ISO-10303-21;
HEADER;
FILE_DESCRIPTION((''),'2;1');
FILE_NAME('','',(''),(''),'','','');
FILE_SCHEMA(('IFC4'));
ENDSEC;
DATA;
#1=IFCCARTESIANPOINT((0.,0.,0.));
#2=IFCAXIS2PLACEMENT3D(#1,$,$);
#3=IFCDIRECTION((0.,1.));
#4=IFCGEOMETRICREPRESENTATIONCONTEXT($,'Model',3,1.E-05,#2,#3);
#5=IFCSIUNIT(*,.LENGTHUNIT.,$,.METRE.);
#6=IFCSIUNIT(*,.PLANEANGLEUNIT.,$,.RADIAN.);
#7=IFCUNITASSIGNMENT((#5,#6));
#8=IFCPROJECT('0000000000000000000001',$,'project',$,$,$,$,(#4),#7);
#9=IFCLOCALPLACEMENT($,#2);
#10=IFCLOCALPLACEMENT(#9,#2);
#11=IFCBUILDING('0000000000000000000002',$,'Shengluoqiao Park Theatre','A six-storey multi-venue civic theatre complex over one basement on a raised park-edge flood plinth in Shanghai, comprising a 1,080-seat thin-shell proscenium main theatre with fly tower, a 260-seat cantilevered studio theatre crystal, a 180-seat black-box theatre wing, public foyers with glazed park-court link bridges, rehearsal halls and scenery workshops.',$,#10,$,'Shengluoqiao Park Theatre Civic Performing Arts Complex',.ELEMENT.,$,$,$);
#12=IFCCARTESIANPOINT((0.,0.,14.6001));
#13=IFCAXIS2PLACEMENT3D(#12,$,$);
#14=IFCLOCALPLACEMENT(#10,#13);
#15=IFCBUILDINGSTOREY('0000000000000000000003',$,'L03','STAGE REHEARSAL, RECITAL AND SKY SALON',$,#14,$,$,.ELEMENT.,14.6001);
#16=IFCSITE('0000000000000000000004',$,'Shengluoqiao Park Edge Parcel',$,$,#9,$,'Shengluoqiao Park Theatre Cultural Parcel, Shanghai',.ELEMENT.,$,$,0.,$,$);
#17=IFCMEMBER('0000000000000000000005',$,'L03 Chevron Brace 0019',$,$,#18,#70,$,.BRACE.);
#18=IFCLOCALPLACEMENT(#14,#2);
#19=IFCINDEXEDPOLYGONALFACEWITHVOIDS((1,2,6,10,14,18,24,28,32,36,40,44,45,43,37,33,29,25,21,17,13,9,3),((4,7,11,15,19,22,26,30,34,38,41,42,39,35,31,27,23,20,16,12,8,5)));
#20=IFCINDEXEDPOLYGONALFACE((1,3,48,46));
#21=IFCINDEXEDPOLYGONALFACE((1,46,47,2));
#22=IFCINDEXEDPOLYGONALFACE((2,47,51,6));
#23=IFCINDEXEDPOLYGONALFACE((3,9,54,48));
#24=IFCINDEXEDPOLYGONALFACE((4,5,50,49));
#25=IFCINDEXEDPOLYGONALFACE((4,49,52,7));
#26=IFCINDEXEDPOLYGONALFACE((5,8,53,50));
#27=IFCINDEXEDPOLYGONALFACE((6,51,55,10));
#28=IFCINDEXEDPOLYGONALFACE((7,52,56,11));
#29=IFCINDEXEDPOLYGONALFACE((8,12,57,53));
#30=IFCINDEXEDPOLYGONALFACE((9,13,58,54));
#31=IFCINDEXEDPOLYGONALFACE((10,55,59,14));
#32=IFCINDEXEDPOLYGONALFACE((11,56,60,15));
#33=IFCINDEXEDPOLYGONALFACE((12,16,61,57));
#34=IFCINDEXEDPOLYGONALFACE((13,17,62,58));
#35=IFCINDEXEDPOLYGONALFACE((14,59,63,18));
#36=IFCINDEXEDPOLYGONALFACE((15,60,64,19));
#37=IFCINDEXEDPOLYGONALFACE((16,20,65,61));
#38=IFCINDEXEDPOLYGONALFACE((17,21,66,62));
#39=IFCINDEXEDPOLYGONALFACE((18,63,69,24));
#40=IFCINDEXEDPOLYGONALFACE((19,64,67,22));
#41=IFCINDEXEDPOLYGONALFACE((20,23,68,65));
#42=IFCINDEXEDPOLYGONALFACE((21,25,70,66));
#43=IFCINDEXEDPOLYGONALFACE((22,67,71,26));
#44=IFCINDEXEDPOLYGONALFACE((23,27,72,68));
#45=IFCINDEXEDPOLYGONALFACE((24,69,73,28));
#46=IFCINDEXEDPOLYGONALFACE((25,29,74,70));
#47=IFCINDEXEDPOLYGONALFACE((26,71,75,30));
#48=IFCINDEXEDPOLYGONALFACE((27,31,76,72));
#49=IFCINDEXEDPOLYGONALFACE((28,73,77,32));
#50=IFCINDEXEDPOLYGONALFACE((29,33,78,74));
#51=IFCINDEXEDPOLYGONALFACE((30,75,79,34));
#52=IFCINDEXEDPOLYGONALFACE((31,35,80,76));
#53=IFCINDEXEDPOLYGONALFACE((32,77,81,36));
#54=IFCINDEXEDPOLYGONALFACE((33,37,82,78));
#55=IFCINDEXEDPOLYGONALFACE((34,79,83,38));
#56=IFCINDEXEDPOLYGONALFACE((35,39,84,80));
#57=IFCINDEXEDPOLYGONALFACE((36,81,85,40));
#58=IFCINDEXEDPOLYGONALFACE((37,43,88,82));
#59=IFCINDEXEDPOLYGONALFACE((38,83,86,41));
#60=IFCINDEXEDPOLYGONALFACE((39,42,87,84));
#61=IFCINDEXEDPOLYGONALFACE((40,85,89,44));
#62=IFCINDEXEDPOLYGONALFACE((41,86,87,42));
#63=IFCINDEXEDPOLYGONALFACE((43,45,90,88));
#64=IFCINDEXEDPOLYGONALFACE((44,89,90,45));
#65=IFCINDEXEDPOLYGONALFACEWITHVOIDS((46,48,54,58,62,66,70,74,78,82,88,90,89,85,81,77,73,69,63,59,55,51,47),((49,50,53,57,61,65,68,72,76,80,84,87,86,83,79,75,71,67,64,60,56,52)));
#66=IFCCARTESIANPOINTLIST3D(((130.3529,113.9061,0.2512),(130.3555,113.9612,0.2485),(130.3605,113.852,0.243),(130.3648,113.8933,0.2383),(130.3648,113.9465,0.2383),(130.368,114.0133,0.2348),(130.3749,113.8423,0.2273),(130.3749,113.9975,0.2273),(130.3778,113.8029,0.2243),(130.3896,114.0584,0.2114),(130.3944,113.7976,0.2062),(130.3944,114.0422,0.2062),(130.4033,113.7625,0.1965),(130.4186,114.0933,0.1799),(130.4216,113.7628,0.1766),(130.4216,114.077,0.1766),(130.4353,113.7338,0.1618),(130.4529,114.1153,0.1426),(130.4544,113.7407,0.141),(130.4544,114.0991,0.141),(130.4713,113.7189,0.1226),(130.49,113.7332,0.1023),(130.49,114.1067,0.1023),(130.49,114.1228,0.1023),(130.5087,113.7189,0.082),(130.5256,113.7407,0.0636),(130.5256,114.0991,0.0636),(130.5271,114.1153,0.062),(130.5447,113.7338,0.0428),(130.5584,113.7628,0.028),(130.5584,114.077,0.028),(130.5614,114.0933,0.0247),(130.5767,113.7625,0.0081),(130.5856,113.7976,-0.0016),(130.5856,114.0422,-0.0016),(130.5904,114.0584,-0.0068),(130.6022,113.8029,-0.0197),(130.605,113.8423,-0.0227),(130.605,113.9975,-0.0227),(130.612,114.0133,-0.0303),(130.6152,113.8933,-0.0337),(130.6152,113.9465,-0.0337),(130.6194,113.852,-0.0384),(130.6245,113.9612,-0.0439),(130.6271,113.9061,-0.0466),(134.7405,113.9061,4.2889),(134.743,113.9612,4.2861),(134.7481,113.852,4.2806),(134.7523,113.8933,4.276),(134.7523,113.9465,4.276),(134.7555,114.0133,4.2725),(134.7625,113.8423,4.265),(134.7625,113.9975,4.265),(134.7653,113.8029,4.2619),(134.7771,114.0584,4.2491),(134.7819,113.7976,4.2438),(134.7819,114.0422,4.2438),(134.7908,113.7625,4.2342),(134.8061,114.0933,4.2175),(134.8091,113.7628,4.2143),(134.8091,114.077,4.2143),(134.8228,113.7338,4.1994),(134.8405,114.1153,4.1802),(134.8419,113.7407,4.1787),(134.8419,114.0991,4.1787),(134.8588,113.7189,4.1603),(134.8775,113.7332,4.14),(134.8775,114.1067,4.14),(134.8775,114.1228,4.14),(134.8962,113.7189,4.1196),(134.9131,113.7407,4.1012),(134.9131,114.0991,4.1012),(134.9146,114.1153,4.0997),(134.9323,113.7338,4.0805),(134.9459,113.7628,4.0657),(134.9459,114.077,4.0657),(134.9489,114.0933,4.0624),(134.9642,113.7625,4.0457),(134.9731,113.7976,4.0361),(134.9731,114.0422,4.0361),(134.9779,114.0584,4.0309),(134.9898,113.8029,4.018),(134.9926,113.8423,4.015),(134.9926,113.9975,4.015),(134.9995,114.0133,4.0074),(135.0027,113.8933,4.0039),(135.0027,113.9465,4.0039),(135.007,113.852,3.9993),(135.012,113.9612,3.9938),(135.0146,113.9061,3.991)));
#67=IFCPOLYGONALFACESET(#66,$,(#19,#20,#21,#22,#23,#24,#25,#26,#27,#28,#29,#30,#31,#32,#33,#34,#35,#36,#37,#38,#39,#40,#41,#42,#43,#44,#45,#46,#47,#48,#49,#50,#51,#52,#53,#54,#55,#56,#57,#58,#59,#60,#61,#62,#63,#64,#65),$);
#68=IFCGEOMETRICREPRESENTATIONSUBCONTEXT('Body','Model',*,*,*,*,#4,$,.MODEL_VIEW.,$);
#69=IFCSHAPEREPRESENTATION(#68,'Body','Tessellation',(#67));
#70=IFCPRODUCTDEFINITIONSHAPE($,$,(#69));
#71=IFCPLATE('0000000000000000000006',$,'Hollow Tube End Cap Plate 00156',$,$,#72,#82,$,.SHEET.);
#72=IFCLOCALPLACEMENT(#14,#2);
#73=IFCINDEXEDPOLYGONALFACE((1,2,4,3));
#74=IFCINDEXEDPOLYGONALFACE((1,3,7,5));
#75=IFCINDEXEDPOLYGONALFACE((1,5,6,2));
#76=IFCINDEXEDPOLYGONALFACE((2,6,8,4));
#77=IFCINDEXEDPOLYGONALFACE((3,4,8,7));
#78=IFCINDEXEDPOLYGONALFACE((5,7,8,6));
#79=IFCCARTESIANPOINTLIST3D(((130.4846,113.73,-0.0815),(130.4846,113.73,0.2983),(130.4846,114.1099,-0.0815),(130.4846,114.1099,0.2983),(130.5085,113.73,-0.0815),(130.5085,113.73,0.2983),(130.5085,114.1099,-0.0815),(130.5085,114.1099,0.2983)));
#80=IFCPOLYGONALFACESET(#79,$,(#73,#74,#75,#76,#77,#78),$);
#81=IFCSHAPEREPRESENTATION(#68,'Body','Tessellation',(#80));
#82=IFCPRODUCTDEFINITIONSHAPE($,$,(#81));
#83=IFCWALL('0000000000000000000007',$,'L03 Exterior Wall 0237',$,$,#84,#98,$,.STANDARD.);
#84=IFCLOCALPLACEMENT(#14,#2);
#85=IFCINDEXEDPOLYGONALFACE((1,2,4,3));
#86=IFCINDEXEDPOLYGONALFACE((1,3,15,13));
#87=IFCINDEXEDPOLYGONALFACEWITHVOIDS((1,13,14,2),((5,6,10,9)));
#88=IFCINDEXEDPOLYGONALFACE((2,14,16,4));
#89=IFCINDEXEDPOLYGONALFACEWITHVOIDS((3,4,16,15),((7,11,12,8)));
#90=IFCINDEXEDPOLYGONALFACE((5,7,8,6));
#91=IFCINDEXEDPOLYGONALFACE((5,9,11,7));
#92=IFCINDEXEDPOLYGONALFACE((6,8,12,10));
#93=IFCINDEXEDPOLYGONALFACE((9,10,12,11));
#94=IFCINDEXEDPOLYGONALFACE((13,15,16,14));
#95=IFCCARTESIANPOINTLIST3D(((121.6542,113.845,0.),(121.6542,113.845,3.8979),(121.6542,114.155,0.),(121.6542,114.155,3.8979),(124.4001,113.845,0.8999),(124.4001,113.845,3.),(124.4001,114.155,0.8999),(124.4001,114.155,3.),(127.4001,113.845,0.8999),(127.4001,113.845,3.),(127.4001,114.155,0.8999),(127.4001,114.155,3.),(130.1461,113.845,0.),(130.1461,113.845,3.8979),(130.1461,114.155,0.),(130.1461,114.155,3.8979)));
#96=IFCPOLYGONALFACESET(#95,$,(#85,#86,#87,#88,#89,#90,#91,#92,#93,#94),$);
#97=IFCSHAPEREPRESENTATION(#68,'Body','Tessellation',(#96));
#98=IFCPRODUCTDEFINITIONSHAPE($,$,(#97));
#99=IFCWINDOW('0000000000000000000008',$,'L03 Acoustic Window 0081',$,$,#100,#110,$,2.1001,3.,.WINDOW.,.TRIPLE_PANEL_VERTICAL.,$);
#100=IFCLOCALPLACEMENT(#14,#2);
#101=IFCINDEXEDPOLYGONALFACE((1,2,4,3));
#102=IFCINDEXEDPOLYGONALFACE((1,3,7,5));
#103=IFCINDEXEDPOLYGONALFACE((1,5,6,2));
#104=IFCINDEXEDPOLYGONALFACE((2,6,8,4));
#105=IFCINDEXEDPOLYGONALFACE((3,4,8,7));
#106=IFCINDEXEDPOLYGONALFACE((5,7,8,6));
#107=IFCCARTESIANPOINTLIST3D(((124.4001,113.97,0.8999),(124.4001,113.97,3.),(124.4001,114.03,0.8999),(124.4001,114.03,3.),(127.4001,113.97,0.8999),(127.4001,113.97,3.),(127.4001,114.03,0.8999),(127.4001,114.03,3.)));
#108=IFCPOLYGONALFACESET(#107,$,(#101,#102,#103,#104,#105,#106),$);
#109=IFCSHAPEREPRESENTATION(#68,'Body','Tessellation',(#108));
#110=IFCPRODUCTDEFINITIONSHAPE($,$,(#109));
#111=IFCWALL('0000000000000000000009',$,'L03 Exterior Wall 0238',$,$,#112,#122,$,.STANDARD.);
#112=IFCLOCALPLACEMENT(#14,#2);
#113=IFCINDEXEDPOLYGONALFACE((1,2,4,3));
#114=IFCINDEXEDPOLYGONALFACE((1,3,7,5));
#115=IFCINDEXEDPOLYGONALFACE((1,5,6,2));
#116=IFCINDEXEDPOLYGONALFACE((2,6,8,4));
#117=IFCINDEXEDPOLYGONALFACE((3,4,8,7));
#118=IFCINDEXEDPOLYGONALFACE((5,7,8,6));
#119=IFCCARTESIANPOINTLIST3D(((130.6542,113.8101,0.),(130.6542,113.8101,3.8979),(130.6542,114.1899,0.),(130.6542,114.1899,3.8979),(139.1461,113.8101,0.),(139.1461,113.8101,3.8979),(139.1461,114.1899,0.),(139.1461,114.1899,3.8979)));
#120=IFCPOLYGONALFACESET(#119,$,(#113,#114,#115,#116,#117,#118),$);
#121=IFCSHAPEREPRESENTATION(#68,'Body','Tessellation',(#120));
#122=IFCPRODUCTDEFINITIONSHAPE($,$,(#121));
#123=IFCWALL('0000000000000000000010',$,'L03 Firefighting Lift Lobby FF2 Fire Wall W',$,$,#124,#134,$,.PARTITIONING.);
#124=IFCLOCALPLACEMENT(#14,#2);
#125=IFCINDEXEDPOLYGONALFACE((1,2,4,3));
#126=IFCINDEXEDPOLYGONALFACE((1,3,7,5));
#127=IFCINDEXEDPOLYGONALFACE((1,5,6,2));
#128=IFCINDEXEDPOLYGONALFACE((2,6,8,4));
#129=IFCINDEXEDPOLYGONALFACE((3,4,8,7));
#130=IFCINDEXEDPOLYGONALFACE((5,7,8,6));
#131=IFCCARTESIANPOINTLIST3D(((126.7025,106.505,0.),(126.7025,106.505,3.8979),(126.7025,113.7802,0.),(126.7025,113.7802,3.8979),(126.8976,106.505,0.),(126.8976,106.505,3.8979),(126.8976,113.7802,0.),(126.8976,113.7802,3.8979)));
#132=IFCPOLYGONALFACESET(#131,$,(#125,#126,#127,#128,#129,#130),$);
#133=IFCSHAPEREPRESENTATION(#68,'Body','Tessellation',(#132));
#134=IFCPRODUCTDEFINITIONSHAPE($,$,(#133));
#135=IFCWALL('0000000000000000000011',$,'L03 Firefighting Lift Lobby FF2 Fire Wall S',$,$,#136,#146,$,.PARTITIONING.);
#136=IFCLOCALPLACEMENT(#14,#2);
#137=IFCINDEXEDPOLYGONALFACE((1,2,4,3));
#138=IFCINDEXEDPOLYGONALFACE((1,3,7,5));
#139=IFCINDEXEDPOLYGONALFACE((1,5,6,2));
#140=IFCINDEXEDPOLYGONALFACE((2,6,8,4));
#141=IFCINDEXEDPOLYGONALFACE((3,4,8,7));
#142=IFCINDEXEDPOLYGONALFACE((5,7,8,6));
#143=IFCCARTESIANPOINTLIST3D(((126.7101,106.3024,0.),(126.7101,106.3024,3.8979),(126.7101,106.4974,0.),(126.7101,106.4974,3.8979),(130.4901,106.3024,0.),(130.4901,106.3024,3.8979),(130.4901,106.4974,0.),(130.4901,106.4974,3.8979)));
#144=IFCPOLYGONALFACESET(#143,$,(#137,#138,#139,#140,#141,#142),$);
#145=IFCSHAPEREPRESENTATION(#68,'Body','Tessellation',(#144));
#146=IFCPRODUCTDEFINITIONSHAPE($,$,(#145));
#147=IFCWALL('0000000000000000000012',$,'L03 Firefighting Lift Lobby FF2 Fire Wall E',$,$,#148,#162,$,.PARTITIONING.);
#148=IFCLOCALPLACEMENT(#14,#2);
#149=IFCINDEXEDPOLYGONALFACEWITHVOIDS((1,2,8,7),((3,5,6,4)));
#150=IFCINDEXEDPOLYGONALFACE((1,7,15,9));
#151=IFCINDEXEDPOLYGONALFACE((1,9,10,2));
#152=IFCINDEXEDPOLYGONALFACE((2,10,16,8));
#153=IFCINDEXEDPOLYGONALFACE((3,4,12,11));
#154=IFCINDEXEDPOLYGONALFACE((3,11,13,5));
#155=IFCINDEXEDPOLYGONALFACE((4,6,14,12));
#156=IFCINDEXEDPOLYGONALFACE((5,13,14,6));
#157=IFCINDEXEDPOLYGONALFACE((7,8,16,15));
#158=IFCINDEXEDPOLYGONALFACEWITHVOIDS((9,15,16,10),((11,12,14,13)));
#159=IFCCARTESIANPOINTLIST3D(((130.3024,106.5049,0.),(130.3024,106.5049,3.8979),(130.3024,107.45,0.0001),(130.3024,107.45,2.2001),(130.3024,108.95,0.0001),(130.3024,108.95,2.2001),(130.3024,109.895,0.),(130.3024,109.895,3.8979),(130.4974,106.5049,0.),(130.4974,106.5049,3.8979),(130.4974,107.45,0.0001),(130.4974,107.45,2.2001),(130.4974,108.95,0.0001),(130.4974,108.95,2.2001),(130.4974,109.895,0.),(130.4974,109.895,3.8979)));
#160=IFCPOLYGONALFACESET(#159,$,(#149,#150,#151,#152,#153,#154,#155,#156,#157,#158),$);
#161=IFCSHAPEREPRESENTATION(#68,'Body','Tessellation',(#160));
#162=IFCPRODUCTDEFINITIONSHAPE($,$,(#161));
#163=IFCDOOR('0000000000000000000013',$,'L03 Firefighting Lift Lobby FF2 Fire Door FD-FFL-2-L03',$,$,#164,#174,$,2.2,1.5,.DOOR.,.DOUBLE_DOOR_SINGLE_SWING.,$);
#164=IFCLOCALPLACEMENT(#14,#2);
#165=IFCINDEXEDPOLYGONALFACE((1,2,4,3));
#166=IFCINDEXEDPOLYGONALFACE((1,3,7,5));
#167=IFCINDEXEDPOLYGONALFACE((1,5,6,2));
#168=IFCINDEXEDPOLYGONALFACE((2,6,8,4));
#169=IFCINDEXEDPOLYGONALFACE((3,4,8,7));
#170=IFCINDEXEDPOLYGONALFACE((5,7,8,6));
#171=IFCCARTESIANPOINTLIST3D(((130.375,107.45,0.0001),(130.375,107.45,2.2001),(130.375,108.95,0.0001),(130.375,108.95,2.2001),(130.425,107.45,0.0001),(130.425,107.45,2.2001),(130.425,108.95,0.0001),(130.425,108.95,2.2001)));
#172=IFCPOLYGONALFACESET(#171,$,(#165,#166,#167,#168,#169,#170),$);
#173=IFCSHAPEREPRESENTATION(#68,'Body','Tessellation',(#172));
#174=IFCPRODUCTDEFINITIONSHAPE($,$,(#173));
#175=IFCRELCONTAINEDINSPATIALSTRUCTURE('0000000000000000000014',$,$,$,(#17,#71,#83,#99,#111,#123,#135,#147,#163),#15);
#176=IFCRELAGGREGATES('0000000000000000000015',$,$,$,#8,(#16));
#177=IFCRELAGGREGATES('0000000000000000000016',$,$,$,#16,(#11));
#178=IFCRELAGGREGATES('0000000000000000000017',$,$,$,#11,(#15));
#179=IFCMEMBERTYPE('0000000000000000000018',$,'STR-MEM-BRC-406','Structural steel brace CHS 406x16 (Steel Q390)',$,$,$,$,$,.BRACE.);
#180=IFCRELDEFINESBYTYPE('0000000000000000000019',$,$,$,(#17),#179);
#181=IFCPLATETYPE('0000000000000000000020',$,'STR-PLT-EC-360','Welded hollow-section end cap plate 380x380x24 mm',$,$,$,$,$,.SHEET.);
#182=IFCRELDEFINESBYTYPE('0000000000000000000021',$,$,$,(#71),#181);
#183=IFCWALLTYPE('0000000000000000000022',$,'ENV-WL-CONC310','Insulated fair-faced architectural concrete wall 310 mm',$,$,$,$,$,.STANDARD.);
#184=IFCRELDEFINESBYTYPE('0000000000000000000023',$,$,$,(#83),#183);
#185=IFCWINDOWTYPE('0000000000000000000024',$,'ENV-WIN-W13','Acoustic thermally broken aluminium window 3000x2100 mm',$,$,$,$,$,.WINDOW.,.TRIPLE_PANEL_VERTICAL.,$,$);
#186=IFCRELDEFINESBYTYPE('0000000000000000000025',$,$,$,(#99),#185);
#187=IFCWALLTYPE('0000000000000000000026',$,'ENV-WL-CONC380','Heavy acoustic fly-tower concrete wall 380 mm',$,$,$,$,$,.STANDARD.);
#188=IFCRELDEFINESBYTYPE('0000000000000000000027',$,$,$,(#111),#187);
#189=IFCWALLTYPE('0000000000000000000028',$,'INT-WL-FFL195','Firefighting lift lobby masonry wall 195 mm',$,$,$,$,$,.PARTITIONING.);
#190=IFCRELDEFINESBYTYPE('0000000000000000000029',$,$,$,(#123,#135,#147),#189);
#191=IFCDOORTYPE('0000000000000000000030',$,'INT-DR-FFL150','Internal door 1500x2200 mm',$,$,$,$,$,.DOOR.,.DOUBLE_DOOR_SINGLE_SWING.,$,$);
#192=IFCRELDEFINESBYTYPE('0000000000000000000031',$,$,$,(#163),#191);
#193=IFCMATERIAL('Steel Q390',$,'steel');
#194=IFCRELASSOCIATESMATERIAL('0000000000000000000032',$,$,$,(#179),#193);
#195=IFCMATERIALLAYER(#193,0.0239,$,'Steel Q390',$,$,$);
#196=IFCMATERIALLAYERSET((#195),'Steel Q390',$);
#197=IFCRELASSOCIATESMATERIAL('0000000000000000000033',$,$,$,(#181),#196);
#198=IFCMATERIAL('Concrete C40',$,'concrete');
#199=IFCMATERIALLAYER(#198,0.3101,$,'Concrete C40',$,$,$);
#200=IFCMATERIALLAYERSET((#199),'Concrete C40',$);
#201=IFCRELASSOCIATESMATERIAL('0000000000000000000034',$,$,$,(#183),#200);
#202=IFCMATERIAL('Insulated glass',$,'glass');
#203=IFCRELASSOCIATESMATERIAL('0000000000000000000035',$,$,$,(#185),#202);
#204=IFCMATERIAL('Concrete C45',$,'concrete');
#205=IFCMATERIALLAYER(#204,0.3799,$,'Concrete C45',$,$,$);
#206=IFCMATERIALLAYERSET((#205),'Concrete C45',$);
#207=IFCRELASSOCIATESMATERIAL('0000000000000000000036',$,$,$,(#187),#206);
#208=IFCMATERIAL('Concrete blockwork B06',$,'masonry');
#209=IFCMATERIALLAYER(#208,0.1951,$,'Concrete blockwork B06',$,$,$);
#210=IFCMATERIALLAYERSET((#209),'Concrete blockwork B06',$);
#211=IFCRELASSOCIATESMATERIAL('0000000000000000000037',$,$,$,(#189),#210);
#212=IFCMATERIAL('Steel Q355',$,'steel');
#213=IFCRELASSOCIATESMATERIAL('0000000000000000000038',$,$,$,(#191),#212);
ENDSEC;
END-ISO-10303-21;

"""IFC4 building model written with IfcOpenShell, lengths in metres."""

from ifc_helpers import new_model, si_unit, direction, frame, frame_2d, origin, origin_2d, place, context, subcontext, project, spatial, rectangle, hollow_circle, extrude, material, layer, layer_set, material_profile, profile_set, type_object, element, fill, save


model = new_model("IFC4")

# Units and contexts
model_context = context("Model", 3, precision=1e-05, world=origin(), true_north=direction((0.0, 1.0)))
body_context = subcontext(model_context, "Body", "Model", "MODEL_VIEW")
ifc_project = project(units=[si_unit("LENGTHUNIT", "METRE"), si_unit("PLANEANGLEUNIT", "RADIAN")], contexts=[model_context])

# Site, building, storey
site_placement = place(None, origin())
site = spatial("IfcSite", under=ifc_project, at=site_placement, Name="Shengluoqiao Park Edge Parcel", LongName="Shengluoqiao Park Theatre Cultural Parcel, Shanghai", CompositionType="ELEMENT", RefElevation=0.0)
building_placement = place(site_placement, origin())
building = spatial("IfcBuilding", under=site, at=building_placement, Name="Shengluoqiao Park Theatre", Description="A six-storey multi-venue civic theatre complex over one basement on a raised park-edge flood plinth in Shanghai, comprising a 1,080-seat thin-shell proscenium main theatre with fly tower, a 260-seat cantilevered studio theatre crystal, a 180-seat black-box theatre wing, public foyers with glazed park-court link bridges, rehearsal halls and scenery workshops.", LongName="Shengluoqiao Park Theatre Civic Performing Arts Complex", CompositionType="ELEMENT")
storey_placement = place(building_placement, frame((0.0, 0.0, 14.6001)))
storey = spatial("IfcBuildingStorey", under=building, at=storey_placement, Name="L03", Description="STAGE REHEARSAL, RECITAL AND SKY SALON", CompositionType="ELEMENT", Elevation=14.6001)

# Shared definitions
ifc_material_1 = material(Name="Concrete C40", Category="concrete")

# Shared definitions
ifc_material_2 = material(Name="Steel Q355", Category="steel")

# Member
ifc_material_3 = material(Name="Steel Q390", Category="steel")
ifc_material_profile_1 = material_profile(ifc_material_3, hollow_circle(Radius=0.2029, WallThickness=0.0161, at=origin_2d()), Name="CHS 406x16")
ifc_profile_set_1 = profile_set([ifc_material_profile_1], Name="Steel Q390")
member_type = type_object("IfcMemberType", Name="STR-MEM-BRC-406", Description="Structural steel brace CHS 406x16 (Steel Q390)", PredefinedType="BRACE", material=ifc_profile_set_1)
member_placement = place(storey_placement, frame((130.49, 113.9199, 0.1023), z_axis=(0.735836, 0.0, 0.67716), x_axis=(0.0, 1.0, 0.0)))
element("IfcMember", 1, at=member_placement, inside=storey, type_object=member_type, Name="L03 Chevron Brace 0019", PredefinedType="BRACE", context=body_context, shape_type="SweptSolid", body=[
    extrude(hollow_circle(Radius=0.2029, WallThickness=0.0161, at=origin_2d()), origin(), (0.0, 0.0, 1.0), 5.9626),
])

# Plate
ifc_layer_1 = layer(ifc_material_3, 0.0239, Name="Steel Q390")
ifc_layer_set_1 = layer_set([ifc_layer_1], Name="Steel Q390")
plate_type = type_object("IfcPlateType", Name="STR-PLT-EC-360", Description="Welded hollow-section end cap plate 380x380x24 mm", PredefinedType="SHEET", material=ifc_layer_set_1)
plate_placement = place(storey_placement, frame((130.4966, 113.9199, -0.0815), z_axis=(0.0, 0.0, 1.0), x_axis=(1.0, 0.0, 0.0)))
element("IfcPlate", 2, at=plate_placement, inside=storey, type_object=plate_type, Name="Hollow Tube End Cap Plate 00156", PredefinedType="SHEET", context=body_context, shape_type="SweptSolid", body=[
    extrude(rectangle(XDim=0.0239, YDim=0.3799, at=origin_2d()), origin(), (0.0, 0.0, 1.0), 0.3799),
])

# Wall, opening, window
ifc_layer_2 = layer(ifc_material_1, 0.3101, Name="Concrete C40")
ifc_layer_set_2 = layer_set([ifc_layer_2], Name="Concrete C40")
wall_type_1 = type_object("IfcWallType", Name="ENV-WL-CONC310", Description="Insulated fair-faced architectural concrete wall 310 mm", PredefinedType="STANDARD", material=ifc_layer_set_2)
wall_1_placement = place(storey_placement, frame((121.6541, 114.0, 0.0), z_axis=(0.0, 0.0, 1.0), x_axis=(1.0, 0.0, 0.0)))
wall_1 = element("IfcWall", 3, at=wall_1_placement, inside=storey, type_object=wall_type_1, Name="L03 Exterior Wall 0237", PredefinedType="STANDARD", context=body_context, shape_type="SweptSolid", body=[
    extrude(rectangle(XDim=8.4919, YDim=0.3101, at=frame_2d((4.2461, 0.0))), origin(), (0.0, 0.0, 1.0), 3.8979),
])
opening_1_placement = place(wall_1_placement, frame((2.7461, 0.0, 0.8999)))
opening_1 = element("IfcOpeningElement", 4, at=opening_1_placement, cuts=wall_1, PredefinedType="OPENING", context=body_context, shape_type="SweptSolid", body=[
    extrude(rectangle(XDim=3.0, YDim=2.1001, at=frame_2d((1.5, 1.05))), frame((0.0, 0.165, 0.0), z_axis=(0.0, -1.0, 0.0), x_axis=(1.0, 0.0, 0.0)), (0.0, 0.0, 1.0), 0.3301),
])
ifc_material_4 = material(Name="Insulated glass", Category="glass")
window_type = type_object("IfcWindowType", Name="ENV-WIN-W13", Description="Acoustic thermally broken aluminium window 3000x2100 mm", PartitioningType="TRIPLE_PANEL_VERTICAL", PredefinedType="WINDOW", material=ifc_material_4)
window_placement = place(opening_1_placement, origin())
window = element("IfcWindow", 5, at=window_placement, inside=storey, type_object=window_type, Name="L03 Acoustic Window 0081", OverallHeight=2.1001, OverallWidth=3.0, PartitioningType="TRIPLE_PANEL_VERTICAL", PredefinedType="WINDOW", context=body_context, shape_type="SweptSolid", body=[
    extrude(rectangle(XDim=3.0, YDim=2.1001, at=frame_2d((1.5, 1.05))), frame((0.0, 0.03, 0.0), z_axis=(0.0, -1.0, 0.0), x_axis=(1.0, 0.0, 0.0)), (0.0, 0.0, 1.0), 0.0601),
])
fill(opening_1, window)

# Walls
ifc_material_5 = material(Name="Concrete C45", Category="concrete")
ifc_layer_3 = layer(ifc_material_5, 0.3799, Name="Concrete C45")
ifc_layer_set_3 = layer_set([ifc_layer_3], Name="Concrete C45")
wall_type_2 = type_object("IfcWallType", Name="ENV-WL-CONC380", Description="Heavy acoustic fly-tower concrete wall 380 mm", PredefinedType="STANDARD", material=ifc_layer_set_3)
wall_2_placement = place(storey_placement, frame((130.6541, 114.0, 0.0), z_axis=(0.0, 0.0, 1.0), x_axis=(1.0, 0.0, 0.0)))
element("IfcWall", 6, at=wall_2_placement, inside=storey, type_object=wall_type_2, Name="L03 Exterior Wall 0238", PredefinedType="STANDARD", context=body_context, shape_type="SweptSolid", body=[
    extrude(rectangle(XDim=8.4919, YDim=0.3799, at=frame_2d((4.2461, 0.0))), origin(), (0.0, 0.0, 1.0), 3.8979),
])
ifc_material_6 = material(Name="Concrete blockwork B06", Category="masonry")
ifc_layer_4 = layer(ifc_material_6, 0.1951, Name="Concrete blockwork B06")
ifc_layer_set_4 = layer_set([ifc_layer_4], Name="Concrete blockwork B06")
wall_type_3 = type_object("IfcWallType", Name="INT-WL-FFL195", Description="Firefighting lift lobby masonry wall 195 mm", PredefinedType="PARTITIONING", material=ifc_layer_set_4)
wall_3_placement = place(storey_placement, frame((126.8, 106.5049, 0.0), z_axis=(0.0, 0.0, 1.0), x_axis=(0.0, 1.0, 0.0)))
element("IfcWall", 7, at=wall_3_placement, inside=storey, type_object=wall_type_3, Name="L03 Firefighting Lift Lobby FF2 Fire Wall W", PredefinedType="PARTITIONING", context=body_context, shape_type="SweptSolid", body=[
    extrude(rectangle(XDim=7.2751, YDim=0.1951, at=frame_2d((3.6377, 0.0))), origin(), (0.0, 0.0, 1.0), 3.8979),
])
wall_4_placement = place(storey_placement, frame((126.71, 106.3999, 0.0), z_axis=(0.0, 0.0, 1.0), x_axis=(1.0, 0.0, 0.0)))
element("IfcWall", 8, at=wall_4_placement, inside=storey, type_object=wall_type_3, Name="L03 Firefighting Lift Lobby FF2 Fire Wall S", PredefinedType="PARTITIONING", context=body_context, shape_type="SweptSolid", body=[
    extrude(rectangle(XDim=3.78, YDim=0.1951, at=frame_2d((1.8901, 0.0))), origin(), (0.0, 0.0, 1.0), 3.8979),
])

# Wall, opening, door
wall_5_placement = place(storey_placement, frame((130.3999, 106.5049, 0.0), z_axis=(0.0, 0.0, 1.0), x_axis=(0.0, 1.0, 0.0)))
wall_5 = element("IfcWall", 9, at=wall_5_placement, inside=storey, type_object=wall_type_3, Name="L03 Firefighting Lift Lobby FF2 Fire Wall E", PredefinedType="PARTITIONING", context=body_context, shape_type="SweptSolid", body=[
    extrude(rectangle(XDim=3.3901, YDim=0.1951, at=frame_2d((1.6951, 0.0))), origin(), (0.0, 0.0, 1.0), 3.8979),
])
opening_2_placement = place(wall_5_placement, frame((0.9451, 0.0, 0.0)))
opening_2 = element("IfcOpeningElement", 10, at=opening_2_placement, cuts=wall_5, PredefinedType="OPENING", context=body_context, shape_type="SweptSolid", body=[
    extrude(rectangle(XDim=1.5, YDim=2.2, at=frame_2d((0.75, 1.1001))), frame((0.0, 0.1074, 0.0), z_axis=(0.0, -1.0, 0.0), x_axis=(1.0, 0.0, 0.0)), (0.0, 0.0, 1.0), 0.2151),
])
door_type_1 = type_object("IfcDoorType", Name="INT-DR-FFL150", Description="Internal door 1500x2200 mm", OperationType="DOUBLE_DOOR_SINGLE_SWING", PredefinedType="DOOR", material=ifc_material_2)
door_1_placement = place(opening_2_placement, origin())
door_1 = element("IfcDoor", 11, at=door_1_placement, inside=storey, type_object=door_type_1, Name="L03 Firefighting Lift Lobby FF2 Fire Door FD-FFL-2-L03", OperationType="DOUBLE_DOOR_SINGLE_SWING", OverallHeight=2.2, OverallWidth=1.5, PredefinedType="DOOR", context=body_context, shape_type="SweptSolid", body=[
    extrude(rectangle(XDim=1.5, YDim=2.2, at=frame_2d((0.75, 1.1001))), frame((0.0, 0.0249, 0.0), z_axis=(0.0, -1.0, 0.0), x_axis=(1.0, 0.0, 0.0)), (0.0, 0.0, 1.0), 0.05),
])
fill(opening_2, door_1)

save(model, "model.ifc")
